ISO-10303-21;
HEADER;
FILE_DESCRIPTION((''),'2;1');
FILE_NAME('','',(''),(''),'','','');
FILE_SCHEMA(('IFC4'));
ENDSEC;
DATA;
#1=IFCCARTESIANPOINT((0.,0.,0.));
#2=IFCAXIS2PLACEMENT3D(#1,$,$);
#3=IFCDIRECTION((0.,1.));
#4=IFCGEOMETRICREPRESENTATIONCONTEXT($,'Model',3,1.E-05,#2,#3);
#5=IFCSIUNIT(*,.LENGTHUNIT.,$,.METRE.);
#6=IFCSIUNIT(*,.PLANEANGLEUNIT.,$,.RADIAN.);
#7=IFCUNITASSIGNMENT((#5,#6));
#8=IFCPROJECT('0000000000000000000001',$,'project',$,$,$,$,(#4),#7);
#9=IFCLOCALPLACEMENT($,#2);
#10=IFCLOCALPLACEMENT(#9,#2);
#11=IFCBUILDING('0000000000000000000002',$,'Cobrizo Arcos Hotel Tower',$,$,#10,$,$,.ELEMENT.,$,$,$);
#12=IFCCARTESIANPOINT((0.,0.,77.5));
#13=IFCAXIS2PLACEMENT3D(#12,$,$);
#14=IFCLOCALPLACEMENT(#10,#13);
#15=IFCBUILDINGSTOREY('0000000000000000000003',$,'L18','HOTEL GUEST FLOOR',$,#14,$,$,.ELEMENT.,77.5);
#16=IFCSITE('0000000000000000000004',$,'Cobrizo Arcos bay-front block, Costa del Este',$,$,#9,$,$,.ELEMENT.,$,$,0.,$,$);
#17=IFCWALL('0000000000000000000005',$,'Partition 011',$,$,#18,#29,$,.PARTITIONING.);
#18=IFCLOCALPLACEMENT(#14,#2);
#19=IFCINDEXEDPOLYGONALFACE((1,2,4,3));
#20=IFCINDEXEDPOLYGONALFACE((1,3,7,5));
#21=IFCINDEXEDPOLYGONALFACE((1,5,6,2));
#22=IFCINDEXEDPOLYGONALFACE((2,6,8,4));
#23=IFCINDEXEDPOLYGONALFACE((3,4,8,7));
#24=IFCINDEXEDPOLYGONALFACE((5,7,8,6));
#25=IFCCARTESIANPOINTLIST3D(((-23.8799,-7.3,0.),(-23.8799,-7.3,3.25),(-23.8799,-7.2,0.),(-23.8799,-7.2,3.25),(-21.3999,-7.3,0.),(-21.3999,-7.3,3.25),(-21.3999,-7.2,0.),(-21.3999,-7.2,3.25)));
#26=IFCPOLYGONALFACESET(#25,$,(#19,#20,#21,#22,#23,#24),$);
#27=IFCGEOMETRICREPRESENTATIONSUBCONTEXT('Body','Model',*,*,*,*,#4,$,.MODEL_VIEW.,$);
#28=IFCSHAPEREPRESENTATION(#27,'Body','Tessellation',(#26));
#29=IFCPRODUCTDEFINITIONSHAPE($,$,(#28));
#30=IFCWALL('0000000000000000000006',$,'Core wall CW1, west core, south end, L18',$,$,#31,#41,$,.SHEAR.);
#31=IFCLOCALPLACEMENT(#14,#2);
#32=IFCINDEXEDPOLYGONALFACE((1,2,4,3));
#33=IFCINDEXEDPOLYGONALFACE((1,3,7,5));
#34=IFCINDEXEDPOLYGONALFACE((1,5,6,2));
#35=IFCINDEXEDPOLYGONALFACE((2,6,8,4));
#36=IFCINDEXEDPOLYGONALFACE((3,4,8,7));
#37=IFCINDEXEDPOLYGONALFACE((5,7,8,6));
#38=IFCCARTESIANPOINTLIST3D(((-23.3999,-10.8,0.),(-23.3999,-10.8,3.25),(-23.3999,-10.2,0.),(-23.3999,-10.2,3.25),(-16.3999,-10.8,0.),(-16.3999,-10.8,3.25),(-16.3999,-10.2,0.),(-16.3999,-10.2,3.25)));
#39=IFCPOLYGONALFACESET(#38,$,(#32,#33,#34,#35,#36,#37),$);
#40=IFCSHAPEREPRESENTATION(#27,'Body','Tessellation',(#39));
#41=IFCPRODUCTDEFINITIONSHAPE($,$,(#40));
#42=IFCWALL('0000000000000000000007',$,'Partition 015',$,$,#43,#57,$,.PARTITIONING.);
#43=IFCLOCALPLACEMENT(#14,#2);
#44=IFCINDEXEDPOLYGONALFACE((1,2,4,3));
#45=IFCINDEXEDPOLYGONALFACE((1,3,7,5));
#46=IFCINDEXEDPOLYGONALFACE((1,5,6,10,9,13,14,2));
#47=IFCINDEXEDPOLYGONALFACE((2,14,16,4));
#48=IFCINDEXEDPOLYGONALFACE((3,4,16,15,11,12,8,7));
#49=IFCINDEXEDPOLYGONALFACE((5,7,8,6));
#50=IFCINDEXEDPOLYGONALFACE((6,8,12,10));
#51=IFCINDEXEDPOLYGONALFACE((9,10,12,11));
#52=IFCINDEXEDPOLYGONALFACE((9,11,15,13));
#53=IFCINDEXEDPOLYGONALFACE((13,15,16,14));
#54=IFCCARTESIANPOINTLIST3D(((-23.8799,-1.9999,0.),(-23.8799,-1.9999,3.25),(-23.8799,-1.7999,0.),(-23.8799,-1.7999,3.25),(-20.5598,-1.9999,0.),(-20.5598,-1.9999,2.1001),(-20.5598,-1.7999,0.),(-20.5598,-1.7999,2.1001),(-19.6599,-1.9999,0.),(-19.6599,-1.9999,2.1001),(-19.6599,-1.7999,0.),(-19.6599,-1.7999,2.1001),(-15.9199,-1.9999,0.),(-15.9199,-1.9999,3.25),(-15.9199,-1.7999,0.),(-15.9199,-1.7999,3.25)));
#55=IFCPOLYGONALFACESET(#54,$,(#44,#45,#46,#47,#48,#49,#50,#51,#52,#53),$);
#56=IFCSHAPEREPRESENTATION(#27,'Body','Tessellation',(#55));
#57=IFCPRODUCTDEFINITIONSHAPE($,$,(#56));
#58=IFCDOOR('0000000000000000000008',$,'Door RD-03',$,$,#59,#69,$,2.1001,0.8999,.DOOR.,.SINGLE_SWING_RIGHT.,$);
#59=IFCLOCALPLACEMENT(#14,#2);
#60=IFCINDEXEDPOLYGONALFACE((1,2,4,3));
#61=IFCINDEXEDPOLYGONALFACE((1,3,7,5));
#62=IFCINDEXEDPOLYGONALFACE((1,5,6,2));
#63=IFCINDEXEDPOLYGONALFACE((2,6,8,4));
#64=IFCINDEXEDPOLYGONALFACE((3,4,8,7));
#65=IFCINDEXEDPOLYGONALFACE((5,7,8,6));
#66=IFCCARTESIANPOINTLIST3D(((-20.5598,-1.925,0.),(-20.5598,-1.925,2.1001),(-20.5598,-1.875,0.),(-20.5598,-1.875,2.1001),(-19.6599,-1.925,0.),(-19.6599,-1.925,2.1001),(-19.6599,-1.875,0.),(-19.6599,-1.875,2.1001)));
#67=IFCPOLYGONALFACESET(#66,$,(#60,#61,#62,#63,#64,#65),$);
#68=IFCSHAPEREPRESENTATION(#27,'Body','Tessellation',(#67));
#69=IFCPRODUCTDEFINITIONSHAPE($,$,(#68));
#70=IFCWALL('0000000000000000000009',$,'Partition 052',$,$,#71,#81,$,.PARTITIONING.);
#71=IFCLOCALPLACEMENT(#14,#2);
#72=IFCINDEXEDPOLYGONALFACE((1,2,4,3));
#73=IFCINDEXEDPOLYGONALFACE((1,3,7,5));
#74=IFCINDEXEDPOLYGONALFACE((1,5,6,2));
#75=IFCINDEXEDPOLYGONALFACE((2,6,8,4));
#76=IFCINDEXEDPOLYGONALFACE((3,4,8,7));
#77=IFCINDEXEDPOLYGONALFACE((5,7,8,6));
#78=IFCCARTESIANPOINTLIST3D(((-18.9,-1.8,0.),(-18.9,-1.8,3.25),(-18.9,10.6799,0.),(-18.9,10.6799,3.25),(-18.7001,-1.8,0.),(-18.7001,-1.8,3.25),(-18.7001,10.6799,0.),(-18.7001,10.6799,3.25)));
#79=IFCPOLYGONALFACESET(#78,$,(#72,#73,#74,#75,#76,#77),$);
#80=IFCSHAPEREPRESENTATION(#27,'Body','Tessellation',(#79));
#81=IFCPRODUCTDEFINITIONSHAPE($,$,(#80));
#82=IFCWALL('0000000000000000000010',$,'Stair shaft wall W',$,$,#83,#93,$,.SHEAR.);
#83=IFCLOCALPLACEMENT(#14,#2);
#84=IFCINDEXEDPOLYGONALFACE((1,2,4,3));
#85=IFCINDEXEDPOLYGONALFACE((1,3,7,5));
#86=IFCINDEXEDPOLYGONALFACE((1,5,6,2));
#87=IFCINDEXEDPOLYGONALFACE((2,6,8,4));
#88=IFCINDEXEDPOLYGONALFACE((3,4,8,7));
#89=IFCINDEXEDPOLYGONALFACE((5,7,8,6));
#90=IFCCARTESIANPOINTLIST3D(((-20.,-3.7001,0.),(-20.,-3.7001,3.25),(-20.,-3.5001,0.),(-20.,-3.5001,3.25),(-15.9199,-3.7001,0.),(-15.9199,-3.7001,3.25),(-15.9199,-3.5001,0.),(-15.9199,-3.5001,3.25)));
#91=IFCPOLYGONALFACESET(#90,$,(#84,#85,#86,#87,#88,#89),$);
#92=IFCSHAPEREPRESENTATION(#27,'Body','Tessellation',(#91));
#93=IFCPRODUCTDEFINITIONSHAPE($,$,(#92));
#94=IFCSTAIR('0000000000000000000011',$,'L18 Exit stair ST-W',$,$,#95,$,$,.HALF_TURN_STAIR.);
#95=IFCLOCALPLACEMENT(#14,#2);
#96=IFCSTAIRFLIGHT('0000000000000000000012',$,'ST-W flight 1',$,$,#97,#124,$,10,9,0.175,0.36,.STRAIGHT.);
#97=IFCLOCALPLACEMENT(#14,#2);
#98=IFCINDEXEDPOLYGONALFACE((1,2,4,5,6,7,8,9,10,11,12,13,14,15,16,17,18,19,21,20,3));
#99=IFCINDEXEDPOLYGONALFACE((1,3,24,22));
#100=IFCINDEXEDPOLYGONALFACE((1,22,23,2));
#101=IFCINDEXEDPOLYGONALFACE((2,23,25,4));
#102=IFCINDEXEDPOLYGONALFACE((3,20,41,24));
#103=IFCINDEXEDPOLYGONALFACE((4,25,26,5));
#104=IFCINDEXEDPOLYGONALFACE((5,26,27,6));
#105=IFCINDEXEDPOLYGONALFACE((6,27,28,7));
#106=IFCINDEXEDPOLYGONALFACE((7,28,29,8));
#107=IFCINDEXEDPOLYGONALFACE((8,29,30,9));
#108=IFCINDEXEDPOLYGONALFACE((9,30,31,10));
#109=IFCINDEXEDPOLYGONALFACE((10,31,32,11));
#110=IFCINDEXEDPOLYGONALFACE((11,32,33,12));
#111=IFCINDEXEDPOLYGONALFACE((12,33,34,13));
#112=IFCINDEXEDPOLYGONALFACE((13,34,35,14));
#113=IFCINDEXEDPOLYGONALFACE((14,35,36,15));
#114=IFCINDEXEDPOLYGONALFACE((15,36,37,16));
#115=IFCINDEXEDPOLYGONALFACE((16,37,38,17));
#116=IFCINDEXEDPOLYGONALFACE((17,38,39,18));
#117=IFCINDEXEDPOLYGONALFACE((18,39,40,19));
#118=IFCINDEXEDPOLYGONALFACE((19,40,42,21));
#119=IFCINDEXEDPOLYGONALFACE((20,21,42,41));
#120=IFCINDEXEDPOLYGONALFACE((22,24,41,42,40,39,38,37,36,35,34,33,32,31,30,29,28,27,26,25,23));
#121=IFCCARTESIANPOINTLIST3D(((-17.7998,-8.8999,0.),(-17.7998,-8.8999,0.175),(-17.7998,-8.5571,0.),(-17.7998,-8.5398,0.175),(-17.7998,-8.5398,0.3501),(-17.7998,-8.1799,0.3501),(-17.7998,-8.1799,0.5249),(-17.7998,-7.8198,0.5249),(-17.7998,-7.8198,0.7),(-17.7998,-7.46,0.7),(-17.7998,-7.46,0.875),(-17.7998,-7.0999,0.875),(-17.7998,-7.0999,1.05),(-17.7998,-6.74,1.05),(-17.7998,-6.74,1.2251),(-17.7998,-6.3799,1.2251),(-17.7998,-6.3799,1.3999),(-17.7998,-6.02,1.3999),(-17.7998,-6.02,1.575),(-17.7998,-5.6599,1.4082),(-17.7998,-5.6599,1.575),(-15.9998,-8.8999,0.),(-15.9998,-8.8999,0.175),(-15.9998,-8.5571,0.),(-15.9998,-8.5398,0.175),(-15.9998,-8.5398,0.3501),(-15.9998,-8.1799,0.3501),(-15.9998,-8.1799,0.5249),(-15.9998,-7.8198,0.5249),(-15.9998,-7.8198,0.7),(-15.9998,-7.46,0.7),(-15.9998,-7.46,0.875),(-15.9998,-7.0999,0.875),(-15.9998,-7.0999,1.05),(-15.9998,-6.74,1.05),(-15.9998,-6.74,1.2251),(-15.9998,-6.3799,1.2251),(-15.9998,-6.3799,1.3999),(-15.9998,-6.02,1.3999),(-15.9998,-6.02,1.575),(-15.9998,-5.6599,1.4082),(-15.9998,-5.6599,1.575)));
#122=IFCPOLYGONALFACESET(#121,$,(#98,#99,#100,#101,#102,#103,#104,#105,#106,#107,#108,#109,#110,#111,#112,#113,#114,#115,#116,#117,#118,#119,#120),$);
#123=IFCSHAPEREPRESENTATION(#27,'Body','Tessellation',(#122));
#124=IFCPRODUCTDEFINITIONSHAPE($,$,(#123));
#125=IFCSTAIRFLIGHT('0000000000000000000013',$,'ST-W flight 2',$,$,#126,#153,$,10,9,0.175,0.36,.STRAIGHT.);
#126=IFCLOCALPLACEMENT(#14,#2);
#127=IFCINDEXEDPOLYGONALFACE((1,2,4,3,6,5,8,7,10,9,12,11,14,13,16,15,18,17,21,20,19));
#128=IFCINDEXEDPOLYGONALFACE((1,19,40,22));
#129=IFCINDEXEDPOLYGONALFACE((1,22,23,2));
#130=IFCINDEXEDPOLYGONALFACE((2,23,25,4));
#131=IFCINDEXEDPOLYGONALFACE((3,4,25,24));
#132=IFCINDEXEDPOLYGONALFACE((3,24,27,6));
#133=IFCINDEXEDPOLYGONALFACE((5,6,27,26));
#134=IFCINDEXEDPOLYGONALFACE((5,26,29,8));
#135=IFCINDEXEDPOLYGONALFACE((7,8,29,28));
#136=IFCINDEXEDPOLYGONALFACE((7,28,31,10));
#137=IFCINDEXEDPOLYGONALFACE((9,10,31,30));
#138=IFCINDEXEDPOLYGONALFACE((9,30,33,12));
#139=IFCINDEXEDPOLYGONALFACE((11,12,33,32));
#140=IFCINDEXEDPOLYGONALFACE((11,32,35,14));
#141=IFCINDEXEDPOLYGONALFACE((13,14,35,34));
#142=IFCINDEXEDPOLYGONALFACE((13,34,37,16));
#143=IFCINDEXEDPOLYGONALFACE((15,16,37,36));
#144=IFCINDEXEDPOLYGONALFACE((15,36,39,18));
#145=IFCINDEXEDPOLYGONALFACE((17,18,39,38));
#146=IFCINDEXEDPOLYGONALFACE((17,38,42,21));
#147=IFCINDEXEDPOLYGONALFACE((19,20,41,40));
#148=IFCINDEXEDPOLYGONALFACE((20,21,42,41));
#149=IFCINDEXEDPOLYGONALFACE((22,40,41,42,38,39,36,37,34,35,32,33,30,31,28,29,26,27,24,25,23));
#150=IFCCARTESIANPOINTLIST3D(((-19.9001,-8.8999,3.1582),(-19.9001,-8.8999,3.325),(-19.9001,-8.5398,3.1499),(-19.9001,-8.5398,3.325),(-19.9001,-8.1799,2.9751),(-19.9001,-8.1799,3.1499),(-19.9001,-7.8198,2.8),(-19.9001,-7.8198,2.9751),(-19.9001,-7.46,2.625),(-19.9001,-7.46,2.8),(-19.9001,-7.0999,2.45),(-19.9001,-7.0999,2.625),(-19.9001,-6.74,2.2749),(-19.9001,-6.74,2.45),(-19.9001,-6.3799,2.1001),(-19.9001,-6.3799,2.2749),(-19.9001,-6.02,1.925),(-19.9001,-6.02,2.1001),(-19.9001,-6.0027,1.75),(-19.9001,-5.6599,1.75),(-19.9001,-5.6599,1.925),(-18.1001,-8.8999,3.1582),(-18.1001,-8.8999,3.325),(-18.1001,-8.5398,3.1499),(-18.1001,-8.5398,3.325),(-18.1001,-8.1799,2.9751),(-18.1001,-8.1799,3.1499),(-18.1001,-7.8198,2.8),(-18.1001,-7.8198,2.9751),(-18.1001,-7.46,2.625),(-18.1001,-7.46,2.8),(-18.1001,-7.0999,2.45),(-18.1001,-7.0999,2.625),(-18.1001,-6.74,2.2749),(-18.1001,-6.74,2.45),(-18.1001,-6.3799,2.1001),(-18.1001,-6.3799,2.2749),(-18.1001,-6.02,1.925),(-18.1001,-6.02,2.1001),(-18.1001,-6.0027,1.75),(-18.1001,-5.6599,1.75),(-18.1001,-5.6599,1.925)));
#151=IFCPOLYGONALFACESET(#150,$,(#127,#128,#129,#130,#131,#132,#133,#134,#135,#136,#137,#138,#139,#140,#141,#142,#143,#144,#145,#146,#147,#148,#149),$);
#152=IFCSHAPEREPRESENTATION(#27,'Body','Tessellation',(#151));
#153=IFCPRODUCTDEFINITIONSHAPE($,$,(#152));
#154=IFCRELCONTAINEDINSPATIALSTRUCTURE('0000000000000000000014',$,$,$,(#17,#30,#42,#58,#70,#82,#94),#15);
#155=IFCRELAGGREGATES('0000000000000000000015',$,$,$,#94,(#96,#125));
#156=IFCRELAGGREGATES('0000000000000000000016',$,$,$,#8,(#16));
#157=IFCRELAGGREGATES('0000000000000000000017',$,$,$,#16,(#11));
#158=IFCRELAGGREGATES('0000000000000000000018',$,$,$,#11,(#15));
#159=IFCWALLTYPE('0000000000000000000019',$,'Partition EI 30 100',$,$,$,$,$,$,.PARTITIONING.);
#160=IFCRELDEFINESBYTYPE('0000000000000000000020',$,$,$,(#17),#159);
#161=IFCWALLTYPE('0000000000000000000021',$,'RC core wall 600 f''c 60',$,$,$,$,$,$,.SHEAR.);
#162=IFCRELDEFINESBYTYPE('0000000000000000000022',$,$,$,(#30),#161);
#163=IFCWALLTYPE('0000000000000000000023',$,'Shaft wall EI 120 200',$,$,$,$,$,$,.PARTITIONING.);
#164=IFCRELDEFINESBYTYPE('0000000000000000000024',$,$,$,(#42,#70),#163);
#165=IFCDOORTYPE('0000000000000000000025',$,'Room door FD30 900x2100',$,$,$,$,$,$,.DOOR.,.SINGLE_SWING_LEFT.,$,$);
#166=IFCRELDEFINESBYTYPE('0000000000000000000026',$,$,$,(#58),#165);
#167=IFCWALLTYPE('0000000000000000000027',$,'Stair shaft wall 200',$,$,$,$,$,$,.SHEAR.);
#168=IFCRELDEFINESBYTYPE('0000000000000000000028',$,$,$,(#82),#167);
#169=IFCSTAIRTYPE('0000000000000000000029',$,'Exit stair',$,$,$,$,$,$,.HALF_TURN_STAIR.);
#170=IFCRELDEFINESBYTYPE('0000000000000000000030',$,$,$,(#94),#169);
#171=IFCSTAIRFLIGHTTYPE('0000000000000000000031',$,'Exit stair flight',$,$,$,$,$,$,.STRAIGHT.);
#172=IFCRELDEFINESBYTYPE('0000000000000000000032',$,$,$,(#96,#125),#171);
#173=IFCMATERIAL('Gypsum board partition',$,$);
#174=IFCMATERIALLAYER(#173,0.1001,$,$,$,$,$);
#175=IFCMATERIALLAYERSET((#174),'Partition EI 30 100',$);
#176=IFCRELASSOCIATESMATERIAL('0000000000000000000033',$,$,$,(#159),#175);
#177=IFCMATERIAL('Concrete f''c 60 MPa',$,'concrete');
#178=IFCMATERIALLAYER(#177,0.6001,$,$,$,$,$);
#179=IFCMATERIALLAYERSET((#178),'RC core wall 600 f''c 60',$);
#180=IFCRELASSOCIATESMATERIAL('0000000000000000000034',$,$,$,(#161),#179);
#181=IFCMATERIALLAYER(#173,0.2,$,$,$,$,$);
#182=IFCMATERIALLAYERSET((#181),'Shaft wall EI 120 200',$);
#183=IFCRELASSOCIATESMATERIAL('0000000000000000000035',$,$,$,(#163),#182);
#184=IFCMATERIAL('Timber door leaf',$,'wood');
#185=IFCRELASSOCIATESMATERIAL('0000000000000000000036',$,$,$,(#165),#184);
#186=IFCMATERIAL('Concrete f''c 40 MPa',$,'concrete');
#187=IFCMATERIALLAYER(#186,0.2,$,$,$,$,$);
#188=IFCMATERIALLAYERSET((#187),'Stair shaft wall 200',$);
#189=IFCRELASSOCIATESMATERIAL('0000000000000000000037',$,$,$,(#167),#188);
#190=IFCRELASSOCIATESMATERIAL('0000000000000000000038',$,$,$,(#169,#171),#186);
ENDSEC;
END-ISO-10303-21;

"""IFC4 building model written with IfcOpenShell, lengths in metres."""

from ifc_helpers import new_model, si_unit, direction, frame, frame_2d, origin, place, context, subcontext, project, spatial, polyline, rectangle, outline, extrude, material, layer, layer_set, type_object, element, fill, aggregate, save


model = new_model("IFC4")

# Units and contexts
model_context = context("Model", 3, precision=1e-05, world=origin(), true_north=direction((0.0, 1.0)))
body_context = subcontext(model_context, "Body", "Model", "MODEL_VIEW")
ifc_project = project(units=[si_unit("LENGTHUNIT", "METRE"), si_unit("PLANEANGLEUNIT", "RADIAN")], contexts=[model_context])

# Site, building, storey
site_placement = place(None, origin())
site = spatial("IfcSite", under=ifc_project, at=site_placement, Name="Cobrizo Arcos bay-front block, Costa del Este", CompositionType="ELEMENT", RefElevation=0.0)
building_placement = place(site_placement, origin())
building = spatial("IfcBuilding", under=site, at=building_placement, Name="Cobrizo Arcos Hotel Tower", CompositionType="ELEMENT")
storey_placement = place(building_placement, frame((0.0, 0.0, 77.5)))
storey = spatial("IfcBuildingStorey", under=building, at=storey_placement, Name="L18", Description="HOTEL GUEST FLOOR", CompositionType="ELEMENT", Elevation=77.5)

# Walls
ifc_material_1 = material(Name="Gypsum board partition")
ifc_layer_1 = layer(ifc_material_1, 0.1001)
ifc_layer_set_1 = layer_set([ifc_layer_1], Name="Partition EI 30 100")
wall_type_1 = type_object("IfcWallType", Name="Partition EI 30 100", PredefinedType="PARTITIONING", material=ifc_layer_set_1)
wall_1_placement = place(storey_placement, frame((-23.8799, -7.25, 0.0), z_axis=(0.0, 0.0, 1.0), x_axis=(1.0, 0.0, 0.0)))
element("IfcWall", 1, at=wall_1_placement, inside=storey, type_object=wall_type_1, Name="Partition 011", PredefinedType="PARTITIONING", context=body_context, shape_type="SweptSolid", body=[
    extrude(rectangle(XDim=2.48, YDim=0.1001, at=frame_2d((1.24, 0.0))), origin(), (0.0, 0.0, 1.0), 3.25),
])
ifc_material_2 = material(Name="Concrete f'c 60 MPa", Category="concrete")
ifc_layer_2 = layer(ifc_material_2, 0.6001)
ifc_layer_set_2 = layer_set([ifc_layer_2], Name="RC core wall 600 f'c 60")
wall_type_2 = type_object("IfcWallType", Name="RC core wall 600 f'c 60", PredefinedType="SHEAR", material=ifc_layer_set_2)
wall_2_placement = place(storey_placement, frame((-23.3999, -10.5, 0.0), z_axis=(0.0, 0.0, 1.0), x_axis=(1.0, 0.0, 0.0)))
element("IfcWall", 2, at=wall_2_placement, inside=storey, type_object=wall_type_2, Name="Core wall CW1, west core, south end, L18", PredefinedType="SHEAR", context=body_context, shape_type="SweptSolid", body=[
    extrude(rectangle(XDim=7.0, YDim=0.6001, at=frame_2d((3.5, 0.0))), origin(), (0.0, 0.0, 1.0), 3.25),
])

# Wall, opening, door
ifc_layer_3 = layer(ifc_material_1, 0.2)
ifc_layer_set_3 = layer_set([ifc_layer_3], Name="Shaft wall EI 120 200")
wall_type_3 = type_object("IfcWallType", Name="Shaft wall EI 120 200", PredefinedType="PARTITIONING", material=ifc_layer_set_3)
wall_3_placement = place(storey_placement, frame((-23.8799, -1.8999, 0.0), z_axis=(0.0, 0.0, 1.0), x_axis=(1.0, 0.0, 0.0)))
wall_3 = element("IfcWall", 3, at=wall_3_placement, inside=storey, type_object=wall_type_3, Name="Partition 015", PredefinedType="PARTITIONING", context=body_context, shape_type="SweptSolid", body=[
    extrude(rectangle(XDim=7.96, YDim=0.2, at=frame_2d((3.98, 0.0))), origin(), (0.0, 0.0, 1.0), 3.25),
])
opening_placement = place(wall_3_placement, frame((3.3201, 0.0, 0.0)))
opening = element("IfcOpeningElement", 4, at=opening_placement, cuts=wall_3, PredefinedType="OPENING", context=body_context, shape_type="SweptSolid", body=[
    extrude(rectangle(XDim=0.8999, YDim=2.1001, at=frame_2d((0.45, 1.05))), frame((0.0, 0.1121, 0.0), z_axis=(0.0, -1.0, 0.0), x_axis=(1.0, 0.0, 0.0)), (0.0, 0.0, 1.0), 0.2239),
])
ifc_material_3 = material(Name="Timber door leaf", Category="wood")
door_type = type_object("IfcDoorType", Name="Room door FD30 900x2100", OperationType="SINGLE_SWING_LEFT", PredefinedType="DOOR", material=ifc_material_3)
door_placement = place(opening_placement, origin())
door = element("IfcDoor", 5, at=door_placement, inside=storey, type_object=door_type, Name="Door RD-03", OperationType="SINGLE_SWING_RIGHT", OverallHeight=2.1001, OverallWidth=0.8999, PredefinedType="DOOR", context=body_context, shape_type="SweptSolid", body=[
    extrude(rectangle(XDim=0.8999, YDim=2.1001, at=frame_2d((0.45, 1.05))), frame((0.0, 0.0249, 0.0), z_axis=(0.0, -1.0, 0.0), x_axis=(1.0, 0.0, 0.0)), (0.0, 0.0, 1.0), 0.05),
])
fill(opening, door)

# Walls
wall_4_placement = place(storey_placement, frame((-18.8, -1.8, 0.0), z_axis=(0.0, 0.0, 1.0), x_axis=(0.0, 1.0, 0.0)))
element("IfcWall", 6, at=wall_4_placement, inside=storey, type_object=wall_type_3, Name="Partition 052", PredefinedType="PARTITIONING", context=body_context, shape_type="SweptSolid", body=[
    extrude(rectangle(XDim=12.48, YDim=0.2, at=frame_2d((6.24, 0.0))), origin(), (0.0, 0.0, 1.0), 3.25),
])
ifc_material_4 = material(Name="Concrete f'c 40 MPa", Category="concrete")
ifc_layer_4 = layer(ifc_material_4, 0.2)
ifc_layer_set_4 = layer_set([ifc_layer_4], Name="Stair shaft wall 200")
wall_type_4 = type_object("IfcWallType", Name="Stair shaft wall 200", PredefinedType="SHEAR", material=ifc_layer_set_4)
wall_5_placement = place(storey_placement, frame((-20.0, -3.6001, 0.0), z_axis=(0.0, 0.0, 1.0), x_axis=(1.0, 0.0, 0.0)))
element("IfcWall", 7, at=wall_5_placement, inside=storey, type_object=wall_type_4, Name="Stair shaft wall W", PredefinedType="SHEAR", context=body_context, shape_type="SweptSolid", body=[
    extrude(rectangle(XDim=4.0801, YDim=0.2, at=frame_2d((2.04, 0.0))), origin(), (0.0, 0.0, 1.0), 3.25),
])

# Stair, stair flights
stair_type = type_object("IfcStairType", Name="Exit stair", PredefinedType="HALF_TURN_STAIR", material=ifc_material_4)
stair_placement = place(storey_placement, origin())
stair = element("IfcStair", 8, at=stair_placement, inside=storey, type_object=stair_type, Name="L18 Exit stair ST-W", PredefinedType="HALF_TURN_STAIR")
stair_flight_type = type_object("IfcStairFlightType", Name="Exit stair flight", PredefinedType="STRAIGHT", material=ifc_material_4)
stair_flight_1_placement = place(storey_placement, frame((-16.8999, -8.8999, 0.0), z_axis=(0.0, 0.0, 1.0), x_axis=(0.0, 1.0, 0.0)))
stair_flight_1 = element("IfcStairFlight", 9, at=stair_flight_1_placement, type_object=stair_flight_type, Name="ST-W flight 1", NumberOfRisers=10, NumberOfTreads=9, PredefinedType="STRAIGHT", RiserHeight=0.175, TreadLength=0.36, context=body_context, shape_type="SweptSolid", body=[
    extrude(outline(polyline([(0.0, 0.0), (0.0, 0.175), (0.3601, 0.175), (0.3601, 0.3501), (0.72, 0.3501), (0.72, 0.5249), (1.0801, 0.5249), (1.0801, 0.7), (1.4399, 0.7), (1.4399, 0.875), (1.8, 0.875), (1.8, 1.05), (2.1599, 1.05), (2.1599, 1.2251), (2.52, 1.2251), (2.52, 1.3999), (2.8799, 1.3999), (2.8799, 1.575), (3.24, 1.575), (3.24, 1.75), (3.24, 1.4082), (0.3428, 0.0), (0.0, 0.0)])), frame((0.0, 0.8999, 0.0), z_axis=(0.0, -1.0, 0.0), x_axis=(1.0, 0.0, 0.0)), (0.0, 0.0, 1.0), 1.8),
])
stair_flight_2_placement = place(storey_placement, frame((-19.0, -5.6599, 1.75), z_axis=(0.0, 0.0, 1.0), x_axis=(0.0, -1.0, 0.0)))
stair_flight_2 = element("IfcStairFlight", 10, at=stair_flight_2_placement, type_object=stair_flight_type, Name="ST-W flight 2", NumberOfRisers=10, NumberOfTreads=9, PredefinedType="STRAIGHT", RiserHeight=0.175, TreadLength=0.36, context=body_context, shape_type="SweptSolid", body=[
    extrude(outline(polyline([(0.0, 0.0), (0.0, 0.175), (0.3601, 0.175), (0.3601, 0.3501), (0.72, 0.3501), (0.72, 0.5249), (1.0801, 0.5249), (1.0801, 0.7), (1.4399, 0.7), (1.4399, 0.875), (1.8, 0.875), (1.8, 1.05), (2.1599, 1.05), (2.1599, 1.2251), (2.52, 1.2251), (2.52, 1.3999), (2.8799, 1.3999), (2.8799, 1.575), (3.24, 1.575), (3.24, 1.75), (3.24, 1.4082), (0.3428, 0.0), (0.0, 0.0)])), frame((0.0, 0.8999, 0.0), z_axis=(0.0, -1.0, 0.0), x_axis=(1.0, 0.0, 0.0)), (0.0, 0.0, 1.0), 1.8),
])
aggregate(stair, [stair_flight_1, stair_flight_2])

save(model, "model.ifc")
